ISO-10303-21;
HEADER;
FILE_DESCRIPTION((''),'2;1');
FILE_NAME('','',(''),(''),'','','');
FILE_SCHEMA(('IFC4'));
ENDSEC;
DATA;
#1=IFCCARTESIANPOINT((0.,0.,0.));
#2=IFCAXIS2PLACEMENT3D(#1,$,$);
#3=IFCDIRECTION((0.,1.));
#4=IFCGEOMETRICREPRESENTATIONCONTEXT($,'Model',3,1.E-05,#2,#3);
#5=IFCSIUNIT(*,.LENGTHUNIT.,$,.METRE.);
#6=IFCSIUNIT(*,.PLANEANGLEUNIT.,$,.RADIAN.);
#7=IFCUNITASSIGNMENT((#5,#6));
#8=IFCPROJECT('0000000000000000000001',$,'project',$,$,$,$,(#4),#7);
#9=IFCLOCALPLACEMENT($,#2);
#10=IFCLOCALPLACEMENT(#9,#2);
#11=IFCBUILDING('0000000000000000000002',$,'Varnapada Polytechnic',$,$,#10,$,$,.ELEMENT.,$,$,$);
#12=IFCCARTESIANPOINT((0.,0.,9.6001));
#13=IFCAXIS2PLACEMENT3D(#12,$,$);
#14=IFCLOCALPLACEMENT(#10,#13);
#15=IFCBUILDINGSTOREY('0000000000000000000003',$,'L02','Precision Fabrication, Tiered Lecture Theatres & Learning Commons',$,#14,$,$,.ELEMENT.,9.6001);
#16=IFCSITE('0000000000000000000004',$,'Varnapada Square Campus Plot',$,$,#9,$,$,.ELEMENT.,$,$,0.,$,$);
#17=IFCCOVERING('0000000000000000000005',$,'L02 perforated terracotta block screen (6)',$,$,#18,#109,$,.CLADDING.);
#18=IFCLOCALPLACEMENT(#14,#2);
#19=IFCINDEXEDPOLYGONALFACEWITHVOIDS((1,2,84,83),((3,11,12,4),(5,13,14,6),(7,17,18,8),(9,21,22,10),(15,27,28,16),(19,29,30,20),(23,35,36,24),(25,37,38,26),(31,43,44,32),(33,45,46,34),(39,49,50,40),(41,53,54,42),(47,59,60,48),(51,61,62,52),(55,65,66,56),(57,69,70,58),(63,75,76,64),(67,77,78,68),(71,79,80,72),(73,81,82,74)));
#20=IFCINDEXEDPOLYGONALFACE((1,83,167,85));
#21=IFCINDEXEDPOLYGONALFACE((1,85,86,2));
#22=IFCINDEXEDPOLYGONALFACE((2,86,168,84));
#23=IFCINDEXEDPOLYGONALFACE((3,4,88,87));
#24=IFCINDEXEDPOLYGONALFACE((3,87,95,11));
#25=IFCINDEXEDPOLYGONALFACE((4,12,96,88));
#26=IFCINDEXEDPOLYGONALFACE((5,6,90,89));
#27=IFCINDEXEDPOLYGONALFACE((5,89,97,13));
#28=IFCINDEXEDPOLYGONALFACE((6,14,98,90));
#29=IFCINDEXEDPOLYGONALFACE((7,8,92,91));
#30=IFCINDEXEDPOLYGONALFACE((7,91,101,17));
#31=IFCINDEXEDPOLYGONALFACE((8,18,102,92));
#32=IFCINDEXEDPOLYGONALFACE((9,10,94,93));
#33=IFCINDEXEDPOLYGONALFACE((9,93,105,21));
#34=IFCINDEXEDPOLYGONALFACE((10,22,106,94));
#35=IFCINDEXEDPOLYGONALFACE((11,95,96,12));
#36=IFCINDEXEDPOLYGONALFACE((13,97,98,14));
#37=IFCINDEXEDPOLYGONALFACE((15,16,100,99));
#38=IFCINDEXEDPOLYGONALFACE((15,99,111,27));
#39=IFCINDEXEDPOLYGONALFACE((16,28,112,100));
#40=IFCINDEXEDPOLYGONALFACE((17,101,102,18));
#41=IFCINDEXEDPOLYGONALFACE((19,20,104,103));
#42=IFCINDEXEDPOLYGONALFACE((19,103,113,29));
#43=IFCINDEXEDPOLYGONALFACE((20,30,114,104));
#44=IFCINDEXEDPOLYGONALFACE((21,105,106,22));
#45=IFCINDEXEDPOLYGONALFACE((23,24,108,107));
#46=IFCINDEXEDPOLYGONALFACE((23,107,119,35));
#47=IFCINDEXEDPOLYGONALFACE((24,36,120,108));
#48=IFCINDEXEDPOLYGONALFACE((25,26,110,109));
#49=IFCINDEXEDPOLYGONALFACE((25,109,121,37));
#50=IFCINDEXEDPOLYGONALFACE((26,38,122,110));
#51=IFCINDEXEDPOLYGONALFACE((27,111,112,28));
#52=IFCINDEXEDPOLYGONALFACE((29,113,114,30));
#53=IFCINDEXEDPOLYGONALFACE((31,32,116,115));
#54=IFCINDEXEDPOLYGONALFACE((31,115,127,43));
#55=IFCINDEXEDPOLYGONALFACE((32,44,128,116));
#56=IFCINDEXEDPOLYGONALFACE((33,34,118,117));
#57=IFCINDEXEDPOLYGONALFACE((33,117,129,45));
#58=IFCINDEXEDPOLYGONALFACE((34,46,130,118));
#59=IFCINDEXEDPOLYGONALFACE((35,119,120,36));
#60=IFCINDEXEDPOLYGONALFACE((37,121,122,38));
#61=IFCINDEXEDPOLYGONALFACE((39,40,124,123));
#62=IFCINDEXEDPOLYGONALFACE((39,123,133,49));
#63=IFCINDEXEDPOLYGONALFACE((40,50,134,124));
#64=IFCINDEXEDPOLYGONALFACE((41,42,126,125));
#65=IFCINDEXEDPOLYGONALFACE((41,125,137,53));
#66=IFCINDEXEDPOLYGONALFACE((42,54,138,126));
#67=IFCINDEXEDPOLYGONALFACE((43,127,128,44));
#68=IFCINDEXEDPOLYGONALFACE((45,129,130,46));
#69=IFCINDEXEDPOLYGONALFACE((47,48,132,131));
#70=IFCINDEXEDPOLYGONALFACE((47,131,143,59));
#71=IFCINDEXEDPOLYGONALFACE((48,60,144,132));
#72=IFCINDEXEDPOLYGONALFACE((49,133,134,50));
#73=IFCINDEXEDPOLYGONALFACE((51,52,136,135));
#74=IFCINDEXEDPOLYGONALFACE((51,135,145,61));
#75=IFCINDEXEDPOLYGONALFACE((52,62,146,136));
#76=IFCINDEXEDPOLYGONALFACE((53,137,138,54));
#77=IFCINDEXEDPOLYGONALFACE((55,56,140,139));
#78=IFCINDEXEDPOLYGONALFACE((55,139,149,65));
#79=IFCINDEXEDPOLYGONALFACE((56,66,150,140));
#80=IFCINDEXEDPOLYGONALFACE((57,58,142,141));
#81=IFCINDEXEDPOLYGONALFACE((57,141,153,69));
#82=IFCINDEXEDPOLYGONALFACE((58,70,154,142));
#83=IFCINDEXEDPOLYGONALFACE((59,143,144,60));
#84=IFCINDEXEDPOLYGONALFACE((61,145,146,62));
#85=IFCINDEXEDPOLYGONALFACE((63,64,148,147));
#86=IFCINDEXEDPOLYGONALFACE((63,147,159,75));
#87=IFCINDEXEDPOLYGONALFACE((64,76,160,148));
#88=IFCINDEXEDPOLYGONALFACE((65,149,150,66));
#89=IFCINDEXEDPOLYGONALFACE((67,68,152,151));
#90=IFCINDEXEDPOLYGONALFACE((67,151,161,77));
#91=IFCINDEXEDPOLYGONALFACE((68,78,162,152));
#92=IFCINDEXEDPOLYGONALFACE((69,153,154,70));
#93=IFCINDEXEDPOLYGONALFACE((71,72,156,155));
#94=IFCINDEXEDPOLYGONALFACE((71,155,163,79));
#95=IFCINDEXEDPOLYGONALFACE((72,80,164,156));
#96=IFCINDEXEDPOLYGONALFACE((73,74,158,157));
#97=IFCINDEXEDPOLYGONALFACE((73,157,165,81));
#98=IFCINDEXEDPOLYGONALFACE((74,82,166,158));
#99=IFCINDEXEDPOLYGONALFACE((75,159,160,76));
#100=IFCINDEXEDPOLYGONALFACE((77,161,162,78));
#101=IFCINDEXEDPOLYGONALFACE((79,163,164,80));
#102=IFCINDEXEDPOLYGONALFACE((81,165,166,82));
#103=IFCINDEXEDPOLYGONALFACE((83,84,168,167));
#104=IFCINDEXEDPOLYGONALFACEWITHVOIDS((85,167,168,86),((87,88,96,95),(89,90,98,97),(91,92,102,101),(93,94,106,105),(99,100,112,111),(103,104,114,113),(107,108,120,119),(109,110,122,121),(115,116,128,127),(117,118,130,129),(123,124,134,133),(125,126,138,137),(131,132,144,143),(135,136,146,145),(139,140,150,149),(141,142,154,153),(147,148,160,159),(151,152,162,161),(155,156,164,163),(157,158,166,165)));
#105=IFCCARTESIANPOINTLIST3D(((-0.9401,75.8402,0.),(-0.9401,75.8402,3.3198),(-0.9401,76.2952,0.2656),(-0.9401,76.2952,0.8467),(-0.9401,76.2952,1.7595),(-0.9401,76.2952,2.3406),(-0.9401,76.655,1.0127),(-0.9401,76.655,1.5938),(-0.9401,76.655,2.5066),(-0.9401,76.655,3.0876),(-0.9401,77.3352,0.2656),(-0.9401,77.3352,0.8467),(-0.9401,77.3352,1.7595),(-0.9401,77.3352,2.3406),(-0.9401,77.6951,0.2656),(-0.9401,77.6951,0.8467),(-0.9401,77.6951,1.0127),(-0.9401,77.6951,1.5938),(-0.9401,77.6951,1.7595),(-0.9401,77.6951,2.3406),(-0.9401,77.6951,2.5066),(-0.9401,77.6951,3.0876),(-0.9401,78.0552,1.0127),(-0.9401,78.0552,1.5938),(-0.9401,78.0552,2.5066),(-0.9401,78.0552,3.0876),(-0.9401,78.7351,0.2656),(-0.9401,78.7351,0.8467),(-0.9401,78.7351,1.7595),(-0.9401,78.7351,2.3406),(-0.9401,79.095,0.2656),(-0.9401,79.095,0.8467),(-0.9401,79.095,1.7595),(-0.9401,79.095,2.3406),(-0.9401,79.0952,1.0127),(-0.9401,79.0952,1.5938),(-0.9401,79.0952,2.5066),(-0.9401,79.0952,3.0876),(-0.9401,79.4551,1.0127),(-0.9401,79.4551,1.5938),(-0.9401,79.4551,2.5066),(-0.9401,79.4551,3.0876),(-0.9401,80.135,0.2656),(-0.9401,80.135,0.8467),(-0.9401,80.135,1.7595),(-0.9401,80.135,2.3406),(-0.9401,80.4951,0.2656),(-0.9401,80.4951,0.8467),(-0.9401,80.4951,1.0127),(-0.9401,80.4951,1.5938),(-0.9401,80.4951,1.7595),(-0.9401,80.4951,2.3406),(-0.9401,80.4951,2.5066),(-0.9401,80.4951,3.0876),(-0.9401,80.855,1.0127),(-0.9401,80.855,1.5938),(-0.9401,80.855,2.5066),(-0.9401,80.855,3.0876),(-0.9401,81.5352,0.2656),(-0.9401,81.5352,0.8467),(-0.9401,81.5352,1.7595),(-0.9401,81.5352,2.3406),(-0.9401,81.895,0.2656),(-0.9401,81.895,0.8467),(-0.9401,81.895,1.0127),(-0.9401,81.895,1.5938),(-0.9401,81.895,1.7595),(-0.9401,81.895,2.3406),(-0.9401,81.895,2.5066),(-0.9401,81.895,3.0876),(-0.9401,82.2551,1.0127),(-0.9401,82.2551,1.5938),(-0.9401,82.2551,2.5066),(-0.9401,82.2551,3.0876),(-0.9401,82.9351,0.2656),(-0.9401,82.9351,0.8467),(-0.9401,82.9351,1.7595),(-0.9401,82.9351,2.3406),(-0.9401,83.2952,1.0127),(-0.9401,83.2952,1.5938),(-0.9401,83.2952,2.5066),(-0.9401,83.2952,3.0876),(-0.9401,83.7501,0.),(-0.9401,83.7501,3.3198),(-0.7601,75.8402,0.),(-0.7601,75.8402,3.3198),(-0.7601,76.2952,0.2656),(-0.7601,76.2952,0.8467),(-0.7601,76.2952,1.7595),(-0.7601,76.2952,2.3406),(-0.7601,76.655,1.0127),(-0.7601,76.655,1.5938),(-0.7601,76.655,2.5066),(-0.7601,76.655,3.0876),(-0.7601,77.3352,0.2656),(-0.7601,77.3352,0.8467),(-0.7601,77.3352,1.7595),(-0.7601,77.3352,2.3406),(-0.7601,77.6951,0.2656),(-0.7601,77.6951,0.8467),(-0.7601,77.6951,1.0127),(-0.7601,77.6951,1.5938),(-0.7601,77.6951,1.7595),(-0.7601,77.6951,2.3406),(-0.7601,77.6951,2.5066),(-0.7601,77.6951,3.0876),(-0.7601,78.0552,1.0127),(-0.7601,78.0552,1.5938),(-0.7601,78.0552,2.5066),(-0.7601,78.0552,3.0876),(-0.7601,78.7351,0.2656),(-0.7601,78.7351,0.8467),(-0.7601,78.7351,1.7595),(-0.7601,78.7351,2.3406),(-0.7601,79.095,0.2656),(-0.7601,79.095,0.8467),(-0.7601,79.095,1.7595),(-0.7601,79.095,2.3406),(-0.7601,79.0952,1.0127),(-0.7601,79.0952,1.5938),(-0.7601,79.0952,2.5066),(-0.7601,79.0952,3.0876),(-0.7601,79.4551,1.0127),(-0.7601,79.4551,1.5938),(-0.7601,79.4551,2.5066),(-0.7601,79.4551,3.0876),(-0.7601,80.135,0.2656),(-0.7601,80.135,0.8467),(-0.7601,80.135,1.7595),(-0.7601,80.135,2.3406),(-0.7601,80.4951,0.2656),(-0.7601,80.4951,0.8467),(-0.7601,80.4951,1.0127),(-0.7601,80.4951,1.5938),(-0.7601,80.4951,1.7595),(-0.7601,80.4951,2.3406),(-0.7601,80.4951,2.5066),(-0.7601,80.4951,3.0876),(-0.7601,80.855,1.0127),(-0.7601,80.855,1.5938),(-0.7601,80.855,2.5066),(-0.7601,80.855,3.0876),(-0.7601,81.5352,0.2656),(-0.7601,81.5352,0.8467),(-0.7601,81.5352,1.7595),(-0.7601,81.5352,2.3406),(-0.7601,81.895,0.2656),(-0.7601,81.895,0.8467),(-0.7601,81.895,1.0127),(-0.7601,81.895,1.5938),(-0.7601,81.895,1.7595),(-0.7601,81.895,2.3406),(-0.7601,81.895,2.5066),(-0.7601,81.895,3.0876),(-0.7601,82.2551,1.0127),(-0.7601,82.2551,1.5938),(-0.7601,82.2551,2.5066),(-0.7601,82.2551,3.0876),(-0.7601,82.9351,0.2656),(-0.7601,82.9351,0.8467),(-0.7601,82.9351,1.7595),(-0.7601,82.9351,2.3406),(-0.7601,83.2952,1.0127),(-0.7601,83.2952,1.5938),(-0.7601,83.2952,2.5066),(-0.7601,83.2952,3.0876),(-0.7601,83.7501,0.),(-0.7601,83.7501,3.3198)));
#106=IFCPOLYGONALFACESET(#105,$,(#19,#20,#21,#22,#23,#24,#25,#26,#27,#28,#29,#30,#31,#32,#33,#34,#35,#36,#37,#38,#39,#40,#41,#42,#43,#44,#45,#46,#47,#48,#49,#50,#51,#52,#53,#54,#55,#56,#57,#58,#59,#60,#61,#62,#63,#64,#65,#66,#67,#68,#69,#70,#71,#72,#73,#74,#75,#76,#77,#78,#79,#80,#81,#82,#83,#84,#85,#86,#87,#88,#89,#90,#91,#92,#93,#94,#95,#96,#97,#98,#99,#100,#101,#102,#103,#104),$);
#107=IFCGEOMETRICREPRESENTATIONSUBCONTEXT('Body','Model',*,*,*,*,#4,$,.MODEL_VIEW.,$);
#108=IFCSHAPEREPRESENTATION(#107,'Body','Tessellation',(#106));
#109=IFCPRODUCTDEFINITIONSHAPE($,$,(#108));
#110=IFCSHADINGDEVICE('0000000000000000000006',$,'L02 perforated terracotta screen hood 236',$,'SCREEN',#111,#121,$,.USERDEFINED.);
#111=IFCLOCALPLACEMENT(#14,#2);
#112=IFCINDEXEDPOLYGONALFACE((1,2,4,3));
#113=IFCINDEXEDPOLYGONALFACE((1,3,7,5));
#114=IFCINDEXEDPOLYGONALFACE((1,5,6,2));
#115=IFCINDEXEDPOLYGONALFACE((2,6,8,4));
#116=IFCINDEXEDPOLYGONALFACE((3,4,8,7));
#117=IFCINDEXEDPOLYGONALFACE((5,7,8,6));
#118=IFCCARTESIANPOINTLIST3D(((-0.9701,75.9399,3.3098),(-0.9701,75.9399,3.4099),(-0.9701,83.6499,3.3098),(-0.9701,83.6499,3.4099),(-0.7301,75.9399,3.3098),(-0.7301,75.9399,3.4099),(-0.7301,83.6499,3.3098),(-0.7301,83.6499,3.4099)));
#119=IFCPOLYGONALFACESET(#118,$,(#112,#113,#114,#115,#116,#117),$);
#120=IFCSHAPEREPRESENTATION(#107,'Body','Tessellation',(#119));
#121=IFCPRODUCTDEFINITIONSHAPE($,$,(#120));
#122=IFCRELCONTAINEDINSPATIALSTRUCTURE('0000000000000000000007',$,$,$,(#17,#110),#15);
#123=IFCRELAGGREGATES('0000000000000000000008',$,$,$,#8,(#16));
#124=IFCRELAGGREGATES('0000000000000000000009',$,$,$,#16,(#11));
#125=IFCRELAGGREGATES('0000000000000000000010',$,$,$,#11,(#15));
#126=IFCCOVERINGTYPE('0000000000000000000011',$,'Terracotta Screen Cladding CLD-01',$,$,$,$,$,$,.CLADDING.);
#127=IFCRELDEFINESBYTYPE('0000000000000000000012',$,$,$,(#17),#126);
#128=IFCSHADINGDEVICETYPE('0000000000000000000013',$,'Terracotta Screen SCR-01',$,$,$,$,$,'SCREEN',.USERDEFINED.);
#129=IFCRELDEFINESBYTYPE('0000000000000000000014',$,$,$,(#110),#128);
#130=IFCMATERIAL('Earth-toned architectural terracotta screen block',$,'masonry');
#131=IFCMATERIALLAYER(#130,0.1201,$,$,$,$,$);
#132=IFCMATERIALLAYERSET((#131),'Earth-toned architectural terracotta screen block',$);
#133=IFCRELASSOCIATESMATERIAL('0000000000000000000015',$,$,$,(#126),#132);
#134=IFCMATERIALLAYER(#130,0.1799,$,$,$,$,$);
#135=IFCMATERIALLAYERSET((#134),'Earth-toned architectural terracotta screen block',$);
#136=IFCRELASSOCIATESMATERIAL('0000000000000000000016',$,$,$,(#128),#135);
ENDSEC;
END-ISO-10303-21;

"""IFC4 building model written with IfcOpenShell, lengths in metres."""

from ifc_helpers import new_model, si_unit, direction, frame, frame_2d, origin, origin_2d, place, context, subcontext, project, spatial, rectangle, extrude, material, layer, layer_set, type_object, element, save


model = new_model("IFC4")

# Units and contexts
model_context = context("Model", 3, precision=1e-05, world=origin(), true_north=direction((0.0, 1.0)))
body_context = subcontext(model_context, "Body", "Model", "MODEL_VIEW")
ifc_project = project(units=[si_unit("LENGTHUNIT", "METRE"), si_unit("PLANEANGLEUNIT", "RADIAN")], contexts=[model_context])

# Site, building, storey
site_placement = place(None, origin())
site = spatial("IfcSite", under=ifc_project, at=site_placement, Name="Varnapada Square Campus Plot", CompositionType="ELEMENT", RefElevation=0.0)
building_placement = place(site_placement, origin())
building = spatial("IfcBuilding", under=site, at=building_placement, Name="Varnapada Polytechnic", CompositionType="ELEMENT")
storey_placement = place(building_placement, frame((0.0, 0.0, 9.6001)))
storey = spatial("IfcBuildingStorey", under=building, at=storey_placement, Name="L02", Description="Precision Fabrication, Tiered Lecture Theatres & Learning Commons", CompositionType="ELEMENT", Elevation=9.6001)

# Covering, openings
ifc_material_1 = material(Name="Earth-toned architectural terracotta screen block", Category="masonry")
ifc_layer_1 = layer(ifc_material_1, 0.1201)
ifc_layer_set_1 = layer_set([ifc_layer_1], Name="Earth-toned architectural terracotta screen block")
covering_type = type_object("IfcCoveringType", Name="Terracotta Screen Cladding CLD-01", PredefinedType="CLADDING", material=ifc_layer_set_1)
covering_placement = place(storey_placement, frame((-0.8501, 75.8401, 0.0), z_axis=(0.0, 0.0, 1.0), x_axis=(0.0, 1.0, 0.0)))
covering = element("IfcCovering", 1, at=covering_placement, inside=storey, type_object=covering_type, Name="L02 perforated terracotta block screen (6)", PredefinedType="CLADDING", context=body_context, shape_type="SweptSolid", body=[
    extrude(rectangle(XDim=7.9099, YDim=0.1799, at=frame_2d((3.9551, 0.0))), origin(), (0.0, 0.0, 1.0), 3.3198),
])
opening_1_placement = place(covering_placement, frame((0.4551, 0.0, 0.2656)))
element("IfcOpeningElement", 2, at=opening_1_placement, cuts=covering, PredefinedType="OPENING", context=body_context, shape_type="SweptSolid", body=[
    extrude(rectangle(XDim=1.04, YDim=0.5811, at=frame_2d((0.52, 0.2905))), frame((0.0, 0.0999, 0.0), z_axis=(0.0, -1.0, 0.0), x_axis=(1.0, 0.0, 0.0)), (0.0, 0.0, 1.0), 0.2),
])
opening_2_placement = place(covering_placement, frame((1.855, 0.0, 0.2656)))
element("IfcOpeningElement", 3, at=opening_2_placement, cuts=covering, PredefinedType="OPENING", context=body_context, shape_type="SweptSolid", body=[
    extrude(rectangle(XDim=1.04, YDim=0.5811, at=frame_2d((0.52, 0.2905))), frame((0.0, 0.0999, 0.0), z_axis=(0.0, -1.0, 0.0), x_axis=(1.0, 0.0, 0.0)), (0.0, 0.0, 1.0), 0.2),
])
opening_3_placement = place(covering_placement, frame((3.2549, 0.0, 0.2656)))
element("IfcOpeningElement", 4, at=opening_3_placement, cuts=covering, PredefinedType="OPENING", context=body_context, shape_type="SweptSolid", body=[
    extrude(rectangle(XDim=1.04, YDim=0.5811, at=frame_2d((0.52, 0.2905))), frame((0.0, 0.0999, 0.0), z_axis=(0.0, -1.0, 0.0), x_axis=(1.0, 0.0, 0.0)), (0.0, 0.0, 1.0), 0.2),
])
opening_4_placement = place(covering_placement, frame((4.655, 0.0, 0.2656)))
element("IfcOpeningElement", 5, at=opening_4_placement, cuts=covering, PredefinedType="OPENING", context=body_context, shape_type="SweptSolid", body=[
    extrude(rectangle(XDim=1.04, YDim=0.5811, at=frame_2d((0.52, 0.2905))), frame((0.0, 0.0999, 0.0), z_axis=(0.0, -1.0, 0.0), x_axis=(1.0, 0.0, 0.0)), (0.0, 0.0, 1.0), 0.2),
])
opening_5_placement = place(covering_placement, frame((6.0549, 0.0, 0.2656)))
element("IfcOpeningElement", 6, at=opening_5_placement, cuts=covering, PredefinedType="OPENING", context=body_context, shape_type="SweptSolid", body=[
    extrude(rectangle(XDim=1.04, YDim=0.5811, at=frame_2d((0.52, 0.2905))), frame((0.0, 0.0999, 0.0), z_axis=(0.0, -1.0, 0.0), x_axis=(1.0, 0.0, 0.0)), (0.0, 0.0, 1.0), 0.2),
])
opening_6_placement = place(covering_placement, frame((0.8149, 0.0, 1.0127)))
element("IfcOpeningElement", 7, at=opening_6_placement, cuts=covering, PredefinedType="OPENING", context=body_context, shape_type="SweptSolid", body=[
    extrude(rectangle(XDim=1.04, YDim=0.5811, at=frame_2d((0.52, 0.2905))), frame((0.0, 0.0999, 0.0), z_axis=(0.0, -1.0, 0.0), x_axis=(1.0, 0.0, 0.0)), (0.0, 0.0, 1.0), 0.2),
])
opening_7_placement = place(covering_placement, frame((2.2151, 0.0, 1.0127)))
element("IfcOpeningElement", 8, at=opening_7_placement, cuts=covering, PredefinedType="OPENING", context=body_context, shape_type="SweptSolid", body=[
    extrude(rectangle(XDim=1.04, YDim=0.5811, at=frame_2d((0.52, 0.2905))), frame((0.0, 0.0999, 0.0), z_axis=(0.0, -1.0, 0.0), x_axis=(1.0, 0.0, 0.0)), (0.0, 0.0, 1.0), 0.2),
])
opening_8_placement = place(covering_placement, frame((3.615, 0.0, 1.0127)))
element("IfcOpeningElement", 9, at=opening_8_placement, cuts=covering, PredefinedType="OPENING", context=body_context, shape_type="SweptSolid", body=[
    extrude(rectangle(XDim=1.04, YDim=0.5811, at=frame_2d((0.52, 0.2905))), frame((0.0, 0.0999, 0.0), z_axis=(0.0, -1.0, 0.0), x_axis=(1.0, 0.0, 0.0)), (0.0, 0.0, 1.0), 0.2),
])
opening_9_placement = place(covering_placement, frame((5.0149, 0.0, 1.0127)))
element("IfcOpeningElement", 10, at=opening_9_placement, cuts=covering, PredefinedType="OPENING", context=body_context, shape_type="SweptSolid", body=[
    extrude(rectangle(XDim=1.04, YDim=0.5811, at=frame_2d((0.52, 0.2905))), frame((0.0, 0.0999, 0.0), z_axis=(0.0, -1.0, 0.0), x_axis=(1.0, 0.0, 0.0)), (0.0, 0.0, 1.0), 0.2),
])
opening_10_placement = place(covering_placement, frame((6.415, 0.0, 1.0127)))
element("IfcOpeningElement", 11, at=opening_10_placement, cuts=covering, PredefinedType="OPENING", context=body_context, shape_type="SweptSolid", body=[
    extrude(rectangle(XDim=1.04, YDim=0.5811, at=frame_2d((0.52, 0.2905))), frame((0.0, 0.0999, 0.0), z_axis=(0.0, -1.0, 0.0), x_axis=(1.0, 0.0, 0.0)), (0.0, 0.0, 1.0), 0.2),
])
opening_11_placement = place(covering_placement, frame((0.4551, 0.0, 1.7595)))
element("IfcOpeningElement", 12, at=opening_11_placement, cuts=covering, PredefinedType="OPENING", context=body_context, shape_type="SweptSolid", body=[
    extrude(rectangle(XDim=1.04, YDim=0.5811, at=frame_2d((0.52, 0.2905))), frame((0.0, 0.0999, 0.0), z_axis=(0.0, -1.0, 0.0), x_axis=(1.0, 0.0, 0.0)), (0.0, 0.0, 1.0), 0.2),
])
opening_12_placement = place(covering_placement, frame((1.855, 0.0, 1.7595)))
element("IfcOpeningElement", 13, at=opening_12_placement, cuts=covering, PredefinedType="OPENING", context=body_context, shape_type="SweptSolid", body=[
    extrude(rectangle(XDim=1.04, YDim=0.5811, at=frame_2d((0.52, 0.2905))), frame((0.0, 0.0999, 0.0), z_axis=(0.0, -1.0, 0.0), x_axis=(1.0, 0.0, 0.0)), (0.0, 0.0, 1.0), 0.2),
])
opening_13_placement = place(covering_placement, frame((3.2549, 0.0, 1.7595)))
element("IfcOpeningElement", 14, at=opening_13_placement, cuts=covering, PredefinedType="OPENING", context=body_context, shape_type="SweptSolid", body=[
    extrude(rectangle(XDim=1.04, YDim=0.5811, at=frame_2d((0.52, 0.2905))), frame((0.0, 0.0999, 0.0), z_axis=(0.0, -1.0, 0.0), x_axis=(1.0, 0.0, 0.0)), (0.0, 0.0, 1.0), 0.2),
])
opening_14_placement = place(covering_placement, frame((4.655, 0.0, 1.7595)))
element("IfcOpeningElement", 15, at=opening_14_placement, cuts=covering, PredefinedType="OPENING", context=body_context, shape_type="SweptSolid", body=[
    extrude(rectangle(XDim=1.04, YDim=0.5811, at=frame_2d((0.52, 0.2905))), frame((0.0, 0.0999, 0.0), z_axis=(0.0, -1.0, 0.0), x_axis=(1.0, 0.0, 0.0)), (0.0, 0.0, 1.0), 0.2),
])
opening_15_placement = place(covering_placement, frame((6.0549, 0.0, 1.7595)))
element("IfcOpeningElement", 16, at=opening_15_placement, cuts=covering, PredefinedType="OPENING", context=body_context, shape_type="SweptSolid", body=[
    extrude(rectangle(XDim=1.04, YDim=0.5811, at=frame_2d((0.52, 0.2905))), frame((0.0, 0.0999, 0.0), z_axis=(0.0, -1.0, 0.0), x_axis=(1.0, 0.0, 0.0)), (0.0, 0.0, 1.0), 0.2),
])
opening_16_placement = place(covering_placement, frame((0.8149, 0.0, 2.5066)))
element("IfcOpeningElement", 17, at=opening_16_placement, cuts=covering, PredefinedType="OPENING", context=body_context, shape_type="SweptSolid", body=[
    extrude(rectangle(XDim=1.04, YDim=0.5811, at=frame_2d((0.52, 0.2905))), frame((0.0, 0.0999, 0.0), z_axis=(0.0, -1.0, 0.0), x_axis=(1.0, 0.0, 0.0)), (0.0, 0.0, 1.0), 0.2),
])
opening_17_placement = place(covering_placement, frame((2.2151, 0.0, 2.5066)))
element("IfcOpeningElement", 18, at=opening_17_placement, cuts=covering, PredefinedType="OPENING", context=body_context, shape_type="SweptSolid", body=[
    extrude(rectangle(XDim=1.04, YDim=0.5811, at=frame_2d((0.52, 0.2905))), frame((0.0, 0.0999, 0.0), z_axis=(0.0, -1.0, 0.0), x_axis=(1.0, 0.0, 0.0)), (0.0, 0.0, 1.0), 0.2),
])
opening_18_placement = place(covering_placement, frame((3.615, 0.0, 2.5066)))
element("IfcOpeningElement", 19, at=opening_18_placement, cuts=covering, PredefinedType="OPENING", context=body_context, shape_type="SweptSolid", body=[
    extrude(rectangle(XDim=1.04, YDim=0.5811, at=frame_2d((0.52, 0.2905))), frame((0.0, 0.0999, 0.0), z_axis=(0.0, -1.0, 0.0), x_axis=(1.0, 0.0, 0.0)), (0.0, 0.0, 1.0), 0.2),
])
opening_19_placement = place(covering_placement, frame((5.0149, 0.0, 2.5066)))
element("IfcOpeningElement", 20, at=opening_19_placement, cuts=covering, PredefinedType="OPENING", context=body_context, shape_type="SweptSolid", body=[
    extrude(rectangle(XDim=1.04, YDim=0.5811, at=frame_2d((0.52, 0.2905))), frame((0.0, 0.0999, 0.0), z_axis=(0.0, -1.0, 0.0), x_axis=(1.0, 0.0, 0.0)), (0.0, 0.0, 1.0), 0.2),
])
opening_20_placement = place(covering_placement, frame((6.415, 0.0, 2.5066)))
element("IfcOpeningElement", 21, at=opening_20_placement, cuts=covering, PredefinedType="OPENING", context=body_context, shape_type="SweptSolid", body=[
    extrude(rectangle(XDim=1.04, YDim=0.5811, at=frame_2d((0.52, 0.2905))), frame((0.0, 0.0999, 0.0), z_axis=(0.0, -1.0, 0.0), x_axis=(1.0, 0.0, 0.0)), (0.0, 0.0, 1.0), 0.2),
])

# Shading device
ifc_layer_2 = layer(ifc_material_1, 0.1799)
ifc_layer_set_2 = layer_set([ifc_layer_2], Name="Earth-toned architectural terracotta screen block")
shading_device_type = type_object("IfcShadingDeviceType", Name="Terracotta Screen SCR-01", ElementType="SCREEN", PredefinedType="USERDEFINED", material=ifc_layer_set_2)
shading_device_placement = place(storey_placement, frame((-0.8501, 79.7949, 3.3098), z_axis=(0.0, 0.0, 1.0), x_axis=(0.0, 1.0, 0.0)))
element("IfcShadingDevice", 22, at=shading_device_placement, inside=storey, type_object=shading_device_type, Name="L02 perforated terracotta screen hood 236", ObjectType="SCREEN", PredefinedType="USERDEFINED", context=body_context, shape_type="SweptSolid", body=[
    extrude(rectangle(XDim=7.71, YDim=0.24, at=origin_2d()), origin(), (0.0, 0.0, 1.0), 0.1001),
])

save(model, "model.ifc")
